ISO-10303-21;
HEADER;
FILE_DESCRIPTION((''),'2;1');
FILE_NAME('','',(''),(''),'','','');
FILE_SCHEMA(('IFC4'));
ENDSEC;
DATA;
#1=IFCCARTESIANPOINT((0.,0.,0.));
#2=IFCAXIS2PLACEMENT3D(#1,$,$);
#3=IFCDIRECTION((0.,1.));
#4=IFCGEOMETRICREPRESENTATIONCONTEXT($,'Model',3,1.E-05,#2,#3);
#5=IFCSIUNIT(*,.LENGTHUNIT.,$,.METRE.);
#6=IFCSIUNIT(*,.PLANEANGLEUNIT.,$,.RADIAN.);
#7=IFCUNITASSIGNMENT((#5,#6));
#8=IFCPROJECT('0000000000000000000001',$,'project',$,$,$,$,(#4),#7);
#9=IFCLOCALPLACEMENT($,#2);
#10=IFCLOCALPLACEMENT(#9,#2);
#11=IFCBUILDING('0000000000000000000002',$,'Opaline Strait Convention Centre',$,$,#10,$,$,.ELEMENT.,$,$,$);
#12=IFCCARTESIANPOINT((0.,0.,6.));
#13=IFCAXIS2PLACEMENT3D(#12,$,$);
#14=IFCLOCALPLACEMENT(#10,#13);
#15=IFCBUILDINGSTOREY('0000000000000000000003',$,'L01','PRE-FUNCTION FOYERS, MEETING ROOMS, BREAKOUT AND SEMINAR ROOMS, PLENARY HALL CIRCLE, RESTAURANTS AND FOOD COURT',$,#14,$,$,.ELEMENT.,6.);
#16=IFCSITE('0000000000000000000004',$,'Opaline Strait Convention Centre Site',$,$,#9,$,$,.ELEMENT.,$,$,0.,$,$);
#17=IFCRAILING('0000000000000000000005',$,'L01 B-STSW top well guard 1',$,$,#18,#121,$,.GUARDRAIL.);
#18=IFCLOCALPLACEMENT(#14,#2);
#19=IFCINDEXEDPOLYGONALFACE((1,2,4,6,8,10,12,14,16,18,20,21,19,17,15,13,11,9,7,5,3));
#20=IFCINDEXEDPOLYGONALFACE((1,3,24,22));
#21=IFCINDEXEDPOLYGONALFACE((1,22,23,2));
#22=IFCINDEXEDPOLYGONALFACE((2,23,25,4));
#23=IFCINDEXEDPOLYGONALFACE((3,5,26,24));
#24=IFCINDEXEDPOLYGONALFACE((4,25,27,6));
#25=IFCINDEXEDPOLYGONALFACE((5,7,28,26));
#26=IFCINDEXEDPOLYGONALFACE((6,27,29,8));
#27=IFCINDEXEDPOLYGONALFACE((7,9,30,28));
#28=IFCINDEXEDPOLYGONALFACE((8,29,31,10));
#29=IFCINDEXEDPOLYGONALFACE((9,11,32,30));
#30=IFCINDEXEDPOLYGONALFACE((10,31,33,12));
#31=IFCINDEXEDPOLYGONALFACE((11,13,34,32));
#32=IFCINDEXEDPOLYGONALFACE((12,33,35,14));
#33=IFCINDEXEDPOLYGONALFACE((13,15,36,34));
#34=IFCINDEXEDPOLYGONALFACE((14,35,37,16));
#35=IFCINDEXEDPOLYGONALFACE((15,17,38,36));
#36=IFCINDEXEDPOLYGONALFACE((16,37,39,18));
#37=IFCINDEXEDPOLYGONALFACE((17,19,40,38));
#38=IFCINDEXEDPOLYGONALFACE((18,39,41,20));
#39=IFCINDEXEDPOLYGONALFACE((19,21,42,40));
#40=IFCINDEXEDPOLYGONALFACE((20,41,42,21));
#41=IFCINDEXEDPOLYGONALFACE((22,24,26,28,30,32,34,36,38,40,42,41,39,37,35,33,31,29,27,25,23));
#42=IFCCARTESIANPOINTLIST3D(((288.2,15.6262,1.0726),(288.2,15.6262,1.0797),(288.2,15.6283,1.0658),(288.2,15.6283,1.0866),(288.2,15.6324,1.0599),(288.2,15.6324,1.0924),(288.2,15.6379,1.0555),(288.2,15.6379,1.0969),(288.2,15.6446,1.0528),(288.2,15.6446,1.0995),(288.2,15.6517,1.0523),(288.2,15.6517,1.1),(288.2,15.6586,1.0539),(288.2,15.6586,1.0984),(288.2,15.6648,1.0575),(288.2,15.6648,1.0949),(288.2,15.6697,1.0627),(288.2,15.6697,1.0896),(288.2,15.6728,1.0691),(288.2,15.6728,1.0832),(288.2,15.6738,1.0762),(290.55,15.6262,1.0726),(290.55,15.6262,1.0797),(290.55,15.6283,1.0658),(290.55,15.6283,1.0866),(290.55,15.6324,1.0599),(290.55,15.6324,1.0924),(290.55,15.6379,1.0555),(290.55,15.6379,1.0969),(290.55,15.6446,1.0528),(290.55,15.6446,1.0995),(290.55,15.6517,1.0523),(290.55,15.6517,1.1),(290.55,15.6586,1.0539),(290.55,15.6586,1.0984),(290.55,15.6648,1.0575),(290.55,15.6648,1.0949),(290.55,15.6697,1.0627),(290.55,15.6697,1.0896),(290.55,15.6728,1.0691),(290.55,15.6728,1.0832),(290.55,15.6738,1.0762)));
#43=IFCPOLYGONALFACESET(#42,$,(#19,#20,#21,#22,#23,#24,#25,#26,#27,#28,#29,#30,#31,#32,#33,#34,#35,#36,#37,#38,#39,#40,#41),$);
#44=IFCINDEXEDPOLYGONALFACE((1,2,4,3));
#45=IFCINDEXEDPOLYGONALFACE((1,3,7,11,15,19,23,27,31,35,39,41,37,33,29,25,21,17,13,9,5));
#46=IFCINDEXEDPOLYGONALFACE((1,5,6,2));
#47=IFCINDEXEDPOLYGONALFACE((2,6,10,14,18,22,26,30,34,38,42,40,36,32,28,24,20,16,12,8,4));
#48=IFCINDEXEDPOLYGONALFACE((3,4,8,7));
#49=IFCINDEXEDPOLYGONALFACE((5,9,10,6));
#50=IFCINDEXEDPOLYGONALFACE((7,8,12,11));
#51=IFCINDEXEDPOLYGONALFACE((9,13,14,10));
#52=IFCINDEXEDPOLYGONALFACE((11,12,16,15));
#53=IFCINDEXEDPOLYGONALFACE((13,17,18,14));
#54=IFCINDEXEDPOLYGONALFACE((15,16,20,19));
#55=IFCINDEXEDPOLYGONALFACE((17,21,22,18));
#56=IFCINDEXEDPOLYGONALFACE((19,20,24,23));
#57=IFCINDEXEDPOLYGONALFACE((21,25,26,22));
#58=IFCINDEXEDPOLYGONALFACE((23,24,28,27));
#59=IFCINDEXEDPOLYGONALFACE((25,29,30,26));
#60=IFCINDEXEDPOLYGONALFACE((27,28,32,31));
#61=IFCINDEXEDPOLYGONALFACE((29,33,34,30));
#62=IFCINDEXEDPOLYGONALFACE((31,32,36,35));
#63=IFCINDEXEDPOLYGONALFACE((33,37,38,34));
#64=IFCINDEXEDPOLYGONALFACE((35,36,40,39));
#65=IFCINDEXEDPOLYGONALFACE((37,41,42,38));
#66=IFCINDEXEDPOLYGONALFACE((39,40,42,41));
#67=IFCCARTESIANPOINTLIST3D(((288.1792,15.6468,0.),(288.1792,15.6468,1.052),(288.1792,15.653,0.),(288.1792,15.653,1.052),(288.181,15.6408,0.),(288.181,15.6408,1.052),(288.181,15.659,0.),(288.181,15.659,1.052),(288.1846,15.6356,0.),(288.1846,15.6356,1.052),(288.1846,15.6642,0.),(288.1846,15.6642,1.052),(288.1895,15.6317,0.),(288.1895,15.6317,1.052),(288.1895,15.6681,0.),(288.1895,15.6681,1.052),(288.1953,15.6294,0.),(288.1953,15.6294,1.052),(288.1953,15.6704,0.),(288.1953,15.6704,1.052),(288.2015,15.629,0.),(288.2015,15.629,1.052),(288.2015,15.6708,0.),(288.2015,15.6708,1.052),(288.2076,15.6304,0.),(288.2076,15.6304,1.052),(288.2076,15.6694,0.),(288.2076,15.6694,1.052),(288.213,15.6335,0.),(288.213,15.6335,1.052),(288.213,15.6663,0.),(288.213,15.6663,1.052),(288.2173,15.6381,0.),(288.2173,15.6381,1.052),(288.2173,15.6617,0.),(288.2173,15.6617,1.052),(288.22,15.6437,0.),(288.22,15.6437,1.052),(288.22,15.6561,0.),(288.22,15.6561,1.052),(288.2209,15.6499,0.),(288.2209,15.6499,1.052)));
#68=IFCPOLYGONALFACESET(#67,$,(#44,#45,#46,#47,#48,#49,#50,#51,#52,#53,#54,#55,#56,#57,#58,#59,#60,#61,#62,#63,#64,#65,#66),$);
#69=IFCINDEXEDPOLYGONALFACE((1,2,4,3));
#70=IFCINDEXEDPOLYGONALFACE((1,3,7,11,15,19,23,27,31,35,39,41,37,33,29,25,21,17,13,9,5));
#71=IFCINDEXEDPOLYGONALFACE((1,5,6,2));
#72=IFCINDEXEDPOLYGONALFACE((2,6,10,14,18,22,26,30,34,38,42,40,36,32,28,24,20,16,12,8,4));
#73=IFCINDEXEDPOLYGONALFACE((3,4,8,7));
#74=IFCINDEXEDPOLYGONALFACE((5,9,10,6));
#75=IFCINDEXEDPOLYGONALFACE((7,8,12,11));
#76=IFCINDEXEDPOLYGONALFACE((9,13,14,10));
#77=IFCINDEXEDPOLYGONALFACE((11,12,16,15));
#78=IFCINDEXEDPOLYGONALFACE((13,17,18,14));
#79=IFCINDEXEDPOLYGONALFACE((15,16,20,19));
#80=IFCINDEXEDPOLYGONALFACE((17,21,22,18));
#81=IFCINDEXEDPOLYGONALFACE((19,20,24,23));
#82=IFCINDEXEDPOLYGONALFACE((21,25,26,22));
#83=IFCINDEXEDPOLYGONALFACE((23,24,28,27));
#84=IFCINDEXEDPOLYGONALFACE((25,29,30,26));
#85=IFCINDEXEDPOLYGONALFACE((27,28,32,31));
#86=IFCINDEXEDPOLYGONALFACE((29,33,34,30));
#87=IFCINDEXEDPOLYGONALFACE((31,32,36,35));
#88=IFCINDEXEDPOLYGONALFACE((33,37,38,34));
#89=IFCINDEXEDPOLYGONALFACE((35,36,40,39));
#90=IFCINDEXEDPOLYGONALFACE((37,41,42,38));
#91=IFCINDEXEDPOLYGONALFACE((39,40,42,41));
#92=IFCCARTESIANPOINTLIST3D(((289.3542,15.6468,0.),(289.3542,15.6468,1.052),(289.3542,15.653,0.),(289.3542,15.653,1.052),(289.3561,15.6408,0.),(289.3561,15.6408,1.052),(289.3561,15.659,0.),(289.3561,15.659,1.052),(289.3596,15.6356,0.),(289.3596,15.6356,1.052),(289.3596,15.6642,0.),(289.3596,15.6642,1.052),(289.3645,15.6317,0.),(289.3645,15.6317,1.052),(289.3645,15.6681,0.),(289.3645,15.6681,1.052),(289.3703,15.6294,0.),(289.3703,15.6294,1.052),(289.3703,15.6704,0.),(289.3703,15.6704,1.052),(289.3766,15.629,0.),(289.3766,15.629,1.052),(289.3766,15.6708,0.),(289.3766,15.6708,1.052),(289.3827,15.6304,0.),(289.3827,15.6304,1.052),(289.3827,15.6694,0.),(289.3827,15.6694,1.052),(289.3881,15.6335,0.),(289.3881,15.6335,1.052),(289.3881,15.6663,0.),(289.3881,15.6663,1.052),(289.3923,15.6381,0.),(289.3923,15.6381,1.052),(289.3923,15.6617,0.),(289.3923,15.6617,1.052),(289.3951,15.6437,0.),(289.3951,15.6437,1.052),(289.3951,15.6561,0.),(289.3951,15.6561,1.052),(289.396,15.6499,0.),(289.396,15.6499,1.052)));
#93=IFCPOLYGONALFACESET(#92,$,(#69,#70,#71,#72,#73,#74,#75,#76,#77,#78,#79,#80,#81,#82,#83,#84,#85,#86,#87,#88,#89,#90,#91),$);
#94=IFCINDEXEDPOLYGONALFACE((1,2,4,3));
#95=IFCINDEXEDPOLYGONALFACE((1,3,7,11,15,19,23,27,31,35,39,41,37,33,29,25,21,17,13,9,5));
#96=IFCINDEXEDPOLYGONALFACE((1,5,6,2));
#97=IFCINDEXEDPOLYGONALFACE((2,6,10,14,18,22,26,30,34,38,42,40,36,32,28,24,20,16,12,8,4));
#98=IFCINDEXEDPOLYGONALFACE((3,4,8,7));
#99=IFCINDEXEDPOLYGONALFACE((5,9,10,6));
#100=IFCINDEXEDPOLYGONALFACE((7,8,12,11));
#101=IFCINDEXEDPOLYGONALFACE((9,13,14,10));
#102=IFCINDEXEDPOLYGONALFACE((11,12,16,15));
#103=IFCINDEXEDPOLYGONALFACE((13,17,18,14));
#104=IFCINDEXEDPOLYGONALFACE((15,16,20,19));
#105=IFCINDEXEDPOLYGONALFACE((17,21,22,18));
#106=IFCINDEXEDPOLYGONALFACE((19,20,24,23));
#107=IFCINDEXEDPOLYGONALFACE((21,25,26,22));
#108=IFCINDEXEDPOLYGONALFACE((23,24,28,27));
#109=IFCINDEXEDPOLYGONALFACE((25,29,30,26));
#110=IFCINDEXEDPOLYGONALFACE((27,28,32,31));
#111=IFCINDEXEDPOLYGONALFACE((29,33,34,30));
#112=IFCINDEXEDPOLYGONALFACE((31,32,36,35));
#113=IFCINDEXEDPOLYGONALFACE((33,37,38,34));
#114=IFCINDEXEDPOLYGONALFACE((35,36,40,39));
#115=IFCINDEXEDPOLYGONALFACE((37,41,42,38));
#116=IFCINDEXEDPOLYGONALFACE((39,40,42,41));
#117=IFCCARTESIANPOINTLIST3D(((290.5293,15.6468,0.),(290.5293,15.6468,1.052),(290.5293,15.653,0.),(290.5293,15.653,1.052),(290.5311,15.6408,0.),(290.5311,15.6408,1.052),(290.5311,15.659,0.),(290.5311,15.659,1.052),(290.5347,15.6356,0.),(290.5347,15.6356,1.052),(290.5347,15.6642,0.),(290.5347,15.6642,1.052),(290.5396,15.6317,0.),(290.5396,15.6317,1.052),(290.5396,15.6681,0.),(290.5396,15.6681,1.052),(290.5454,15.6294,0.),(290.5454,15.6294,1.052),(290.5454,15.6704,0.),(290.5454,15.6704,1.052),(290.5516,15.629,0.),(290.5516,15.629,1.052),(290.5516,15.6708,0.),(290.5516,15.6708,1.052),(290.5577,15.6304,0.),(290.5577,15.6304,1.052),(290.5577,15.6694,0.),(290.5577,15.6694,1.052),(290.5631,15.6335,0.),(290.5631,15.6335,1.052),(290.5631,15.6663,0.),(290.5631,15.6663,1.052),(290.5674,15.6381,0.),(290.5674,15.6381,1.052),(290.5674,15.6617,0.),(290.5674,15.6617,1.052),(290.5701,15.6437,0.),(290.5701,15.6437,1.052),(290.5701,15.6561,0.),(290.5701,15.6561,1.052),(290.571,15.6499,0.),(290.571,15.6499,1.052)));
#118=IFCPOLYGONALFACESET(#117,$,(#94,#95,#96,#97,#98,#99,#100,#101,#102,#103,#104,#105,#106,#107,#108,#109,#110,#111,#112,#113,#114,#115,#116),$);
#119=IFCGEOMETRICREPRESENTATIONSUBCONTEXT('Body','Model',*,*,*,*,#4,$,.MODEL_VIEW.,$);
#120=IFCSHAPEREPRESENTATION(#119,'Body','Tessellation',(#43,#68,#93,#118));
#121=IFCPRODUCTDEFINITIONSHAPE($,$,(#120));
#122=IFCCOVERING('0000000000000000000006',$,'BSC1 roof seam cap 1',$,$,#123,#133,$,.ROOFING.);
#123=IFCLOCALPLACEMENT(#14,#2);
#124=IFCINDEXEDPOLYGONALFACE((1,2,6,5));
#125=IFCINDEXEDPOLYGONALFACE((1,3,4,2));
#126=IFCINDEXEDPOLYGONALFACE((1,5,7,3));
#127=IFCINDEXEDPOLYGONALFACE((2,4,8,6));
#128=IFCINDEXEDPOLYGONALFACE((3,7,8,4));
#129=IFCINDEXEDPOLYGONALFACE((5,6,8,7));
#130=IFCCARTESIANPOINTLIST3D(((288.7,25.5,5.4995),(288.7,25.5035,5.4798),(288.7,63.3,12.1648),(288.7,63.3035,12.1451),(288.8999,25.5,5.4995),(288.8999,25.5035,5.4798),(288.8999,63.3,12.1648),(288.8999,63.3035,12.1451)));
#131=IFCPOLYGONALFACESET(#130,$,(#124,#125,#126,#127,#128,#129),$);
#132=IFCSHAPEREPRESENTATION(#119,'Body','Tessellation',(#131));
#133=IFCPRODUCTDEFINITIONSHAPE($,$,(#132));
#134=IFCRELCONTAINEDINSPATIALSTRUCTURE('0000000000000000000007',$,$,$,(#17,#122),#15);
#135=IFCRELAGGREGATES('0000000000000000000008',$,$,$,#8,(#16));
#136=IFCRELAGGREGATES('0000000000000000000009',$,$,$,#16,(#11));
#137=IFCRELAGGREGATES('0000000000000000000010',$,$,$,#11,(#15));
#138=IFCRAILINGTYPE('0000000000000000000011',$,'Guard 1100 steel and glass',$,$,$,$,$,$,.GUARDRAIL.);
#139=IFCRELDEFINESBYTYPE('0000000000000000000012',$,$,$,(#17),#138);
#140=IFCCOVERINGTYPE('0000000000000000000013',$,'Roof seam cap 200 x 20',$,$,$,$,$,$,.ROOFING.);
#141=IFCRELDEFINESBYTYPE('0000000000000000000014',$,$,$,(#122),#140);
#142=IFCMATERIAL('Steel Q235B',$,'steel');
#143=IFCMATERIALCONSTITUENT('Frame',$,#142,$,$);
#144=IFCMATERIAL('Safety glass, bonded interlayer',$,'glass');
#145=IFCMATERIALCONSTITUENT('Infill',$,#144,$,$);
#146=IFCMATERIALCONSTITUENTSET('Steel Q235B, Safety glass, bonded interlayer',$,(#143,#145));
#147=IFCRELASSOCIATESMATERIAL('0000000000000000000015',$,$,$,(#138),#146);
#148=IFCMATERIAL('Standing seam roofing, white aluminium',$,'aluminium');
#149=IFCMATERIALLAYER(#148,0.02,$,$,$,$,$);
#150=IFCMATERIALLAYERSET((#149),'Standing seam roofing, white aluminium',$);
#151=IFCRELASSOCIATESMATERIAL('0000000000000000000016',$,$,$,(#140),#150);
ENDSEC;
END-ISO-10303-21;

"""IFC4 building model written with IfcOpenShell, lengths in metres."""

from ifc_helpers import new_model, si_unit, direction, frame, origin, origin_2d, place, context, subcontext, project, spatial, polyline, circle, outline, extrude, material, layer, layer_set, constituent, constituent_set, type_object, element, save


model = new_model("IFC4")

# Units and contexts
model_context = context("Model", 3, precision=1e-05, world=origin(), true_north=direction((0.0, 1.0)))
body_context = subcontext(model_context, "Body", "Model", "MODEL_VIEW")
ifc_project = project(units=[si_unit("LENGTHUNIT", "METRE"), si_unit("PLANEANGLEUNIT", "RADIAN")], contexts=[model_context])

# Site, building, storey
site_placement = place(None, origin())
site = spatial("IfcSite", under=ifc_project, at=site_placement, Name="Opaline Strait Convention Centre Site", CompositionType="ELEMENT", RefElevation=0.0)
building_placement = place(site_placement, origin())
building = spatial("IfcBuilding", under=site, at=building_placement, Name="Opaline Strait Convention Centre", CompositionType="ELEMENT")
storey_placement = place(building_placement, frame((0.0, 0.0, 6.0)))
storey = spatial("IfcBuildingStorey", under=building, at=storey_placement, Name="L01", Description="PRE-FUNCTION FOYERS, MEETING ROOMS, BREAKOUT AND SEMINAR ROOMS, PLENARY HALL CIRCLE, RESTAURANTS AND FOOD COURT", CompositionType="ELEMENT", Elevation=6.0)

# Shared definitions
ifc_material_1 = material(Name="Steel Q235B", Category="steel")

# Railing
ifc_constituent_1 = constituent(ifc_material_1, Name="Frame")
ifc_material_2 = material(Name="Safety glass, bonded interlayer", Category="glass")
ifc_constituent_2 = constituent(ifc_material_2, Name="Infill")
ifc_constituent_set = constituent_set(constituents=[ifc_constituent_1, ifc_constituent_2], Name="Steel Q235B, Safety glass, bonded interlayer")
railing_type = type_object("IfcRailingType", Name="Guard 1100 steel and glass", PredefinedType="GUARDRAIL", material=ifc_constituent_set)
railing_placement = place(storey_placement, frame((288.2, 15.6499, 0.0)))
element("IfcRailing", 1, at=railing_placement, inside=storey, type_object=railing_type, Name="L01 B-STSW top well guard 1", PredefinedType="GUARDRAIL", context=body_context, shape_type="SweptSolid", body=[
    extrude(circle(Radius=0.0239, at=origin_2d()), frame((0.0, 0.0, 1.0762), z_axis=(1.0, 0.0, 0.0), x_axis=(0.0, 1.0, 0.0)), (0.0, 0.0, 1.0), 2.3501),
    extrude(circle(Radius=0.021, at=origin_2d()), origin(), (0.0, 0.0, 1.0), 1.052),
    extrude(circle(Radius=0.021, at=origin_2d()), frame((1.175, 0.0, 0.0)), (0.0, 0.0, 1.0), 1.052),
    extrude(circle(Radius=0.021, at=origin_2d()), frame((2.3501, 0.0, 0.0)), (0.0, 0.0, 1.0), 1.052),
])

# Covering
ifc_material_3 = material(Name="Standing seam roofing, white aluminium", Category="aluminium")
ifc_layer_1 = layer(ifc_material_3, 0.02)
ifc_layer_set_1 = layer_set([ifc_layer_1], Name="Standing seam roofing, white aluminium")
covering_type = type_object("IfcCoveringType", Name="Roof seam cap 200 x 20", PredefinedType="ROOFING", material=ifc_layer_set_1)
covering_placement = place(storey_placement, frame((288.7, 25.5, 5.4995), z_axis=(0.0, -0.173651, 0.984807), x_axis=(1.0, 0.0, 0.0)))
element("IfcCovering", 2, at=covering_placement, inside=storey, type_object=covering_type, Name="BSC1 roof seam cap 1", PredefinedType="ROOFING", context=body_context, shape_type="SweptSolid", body=[
    extrude(outline(polyline([(0.0, 0.0), (0.2, 0.0), (0.2, 38.3832), (0.0, 38.3832), (0.0, 0.0)])), origin(), (0.0, 0.0, -1.0), 0.02),
])

save(model, "model.ifc")
